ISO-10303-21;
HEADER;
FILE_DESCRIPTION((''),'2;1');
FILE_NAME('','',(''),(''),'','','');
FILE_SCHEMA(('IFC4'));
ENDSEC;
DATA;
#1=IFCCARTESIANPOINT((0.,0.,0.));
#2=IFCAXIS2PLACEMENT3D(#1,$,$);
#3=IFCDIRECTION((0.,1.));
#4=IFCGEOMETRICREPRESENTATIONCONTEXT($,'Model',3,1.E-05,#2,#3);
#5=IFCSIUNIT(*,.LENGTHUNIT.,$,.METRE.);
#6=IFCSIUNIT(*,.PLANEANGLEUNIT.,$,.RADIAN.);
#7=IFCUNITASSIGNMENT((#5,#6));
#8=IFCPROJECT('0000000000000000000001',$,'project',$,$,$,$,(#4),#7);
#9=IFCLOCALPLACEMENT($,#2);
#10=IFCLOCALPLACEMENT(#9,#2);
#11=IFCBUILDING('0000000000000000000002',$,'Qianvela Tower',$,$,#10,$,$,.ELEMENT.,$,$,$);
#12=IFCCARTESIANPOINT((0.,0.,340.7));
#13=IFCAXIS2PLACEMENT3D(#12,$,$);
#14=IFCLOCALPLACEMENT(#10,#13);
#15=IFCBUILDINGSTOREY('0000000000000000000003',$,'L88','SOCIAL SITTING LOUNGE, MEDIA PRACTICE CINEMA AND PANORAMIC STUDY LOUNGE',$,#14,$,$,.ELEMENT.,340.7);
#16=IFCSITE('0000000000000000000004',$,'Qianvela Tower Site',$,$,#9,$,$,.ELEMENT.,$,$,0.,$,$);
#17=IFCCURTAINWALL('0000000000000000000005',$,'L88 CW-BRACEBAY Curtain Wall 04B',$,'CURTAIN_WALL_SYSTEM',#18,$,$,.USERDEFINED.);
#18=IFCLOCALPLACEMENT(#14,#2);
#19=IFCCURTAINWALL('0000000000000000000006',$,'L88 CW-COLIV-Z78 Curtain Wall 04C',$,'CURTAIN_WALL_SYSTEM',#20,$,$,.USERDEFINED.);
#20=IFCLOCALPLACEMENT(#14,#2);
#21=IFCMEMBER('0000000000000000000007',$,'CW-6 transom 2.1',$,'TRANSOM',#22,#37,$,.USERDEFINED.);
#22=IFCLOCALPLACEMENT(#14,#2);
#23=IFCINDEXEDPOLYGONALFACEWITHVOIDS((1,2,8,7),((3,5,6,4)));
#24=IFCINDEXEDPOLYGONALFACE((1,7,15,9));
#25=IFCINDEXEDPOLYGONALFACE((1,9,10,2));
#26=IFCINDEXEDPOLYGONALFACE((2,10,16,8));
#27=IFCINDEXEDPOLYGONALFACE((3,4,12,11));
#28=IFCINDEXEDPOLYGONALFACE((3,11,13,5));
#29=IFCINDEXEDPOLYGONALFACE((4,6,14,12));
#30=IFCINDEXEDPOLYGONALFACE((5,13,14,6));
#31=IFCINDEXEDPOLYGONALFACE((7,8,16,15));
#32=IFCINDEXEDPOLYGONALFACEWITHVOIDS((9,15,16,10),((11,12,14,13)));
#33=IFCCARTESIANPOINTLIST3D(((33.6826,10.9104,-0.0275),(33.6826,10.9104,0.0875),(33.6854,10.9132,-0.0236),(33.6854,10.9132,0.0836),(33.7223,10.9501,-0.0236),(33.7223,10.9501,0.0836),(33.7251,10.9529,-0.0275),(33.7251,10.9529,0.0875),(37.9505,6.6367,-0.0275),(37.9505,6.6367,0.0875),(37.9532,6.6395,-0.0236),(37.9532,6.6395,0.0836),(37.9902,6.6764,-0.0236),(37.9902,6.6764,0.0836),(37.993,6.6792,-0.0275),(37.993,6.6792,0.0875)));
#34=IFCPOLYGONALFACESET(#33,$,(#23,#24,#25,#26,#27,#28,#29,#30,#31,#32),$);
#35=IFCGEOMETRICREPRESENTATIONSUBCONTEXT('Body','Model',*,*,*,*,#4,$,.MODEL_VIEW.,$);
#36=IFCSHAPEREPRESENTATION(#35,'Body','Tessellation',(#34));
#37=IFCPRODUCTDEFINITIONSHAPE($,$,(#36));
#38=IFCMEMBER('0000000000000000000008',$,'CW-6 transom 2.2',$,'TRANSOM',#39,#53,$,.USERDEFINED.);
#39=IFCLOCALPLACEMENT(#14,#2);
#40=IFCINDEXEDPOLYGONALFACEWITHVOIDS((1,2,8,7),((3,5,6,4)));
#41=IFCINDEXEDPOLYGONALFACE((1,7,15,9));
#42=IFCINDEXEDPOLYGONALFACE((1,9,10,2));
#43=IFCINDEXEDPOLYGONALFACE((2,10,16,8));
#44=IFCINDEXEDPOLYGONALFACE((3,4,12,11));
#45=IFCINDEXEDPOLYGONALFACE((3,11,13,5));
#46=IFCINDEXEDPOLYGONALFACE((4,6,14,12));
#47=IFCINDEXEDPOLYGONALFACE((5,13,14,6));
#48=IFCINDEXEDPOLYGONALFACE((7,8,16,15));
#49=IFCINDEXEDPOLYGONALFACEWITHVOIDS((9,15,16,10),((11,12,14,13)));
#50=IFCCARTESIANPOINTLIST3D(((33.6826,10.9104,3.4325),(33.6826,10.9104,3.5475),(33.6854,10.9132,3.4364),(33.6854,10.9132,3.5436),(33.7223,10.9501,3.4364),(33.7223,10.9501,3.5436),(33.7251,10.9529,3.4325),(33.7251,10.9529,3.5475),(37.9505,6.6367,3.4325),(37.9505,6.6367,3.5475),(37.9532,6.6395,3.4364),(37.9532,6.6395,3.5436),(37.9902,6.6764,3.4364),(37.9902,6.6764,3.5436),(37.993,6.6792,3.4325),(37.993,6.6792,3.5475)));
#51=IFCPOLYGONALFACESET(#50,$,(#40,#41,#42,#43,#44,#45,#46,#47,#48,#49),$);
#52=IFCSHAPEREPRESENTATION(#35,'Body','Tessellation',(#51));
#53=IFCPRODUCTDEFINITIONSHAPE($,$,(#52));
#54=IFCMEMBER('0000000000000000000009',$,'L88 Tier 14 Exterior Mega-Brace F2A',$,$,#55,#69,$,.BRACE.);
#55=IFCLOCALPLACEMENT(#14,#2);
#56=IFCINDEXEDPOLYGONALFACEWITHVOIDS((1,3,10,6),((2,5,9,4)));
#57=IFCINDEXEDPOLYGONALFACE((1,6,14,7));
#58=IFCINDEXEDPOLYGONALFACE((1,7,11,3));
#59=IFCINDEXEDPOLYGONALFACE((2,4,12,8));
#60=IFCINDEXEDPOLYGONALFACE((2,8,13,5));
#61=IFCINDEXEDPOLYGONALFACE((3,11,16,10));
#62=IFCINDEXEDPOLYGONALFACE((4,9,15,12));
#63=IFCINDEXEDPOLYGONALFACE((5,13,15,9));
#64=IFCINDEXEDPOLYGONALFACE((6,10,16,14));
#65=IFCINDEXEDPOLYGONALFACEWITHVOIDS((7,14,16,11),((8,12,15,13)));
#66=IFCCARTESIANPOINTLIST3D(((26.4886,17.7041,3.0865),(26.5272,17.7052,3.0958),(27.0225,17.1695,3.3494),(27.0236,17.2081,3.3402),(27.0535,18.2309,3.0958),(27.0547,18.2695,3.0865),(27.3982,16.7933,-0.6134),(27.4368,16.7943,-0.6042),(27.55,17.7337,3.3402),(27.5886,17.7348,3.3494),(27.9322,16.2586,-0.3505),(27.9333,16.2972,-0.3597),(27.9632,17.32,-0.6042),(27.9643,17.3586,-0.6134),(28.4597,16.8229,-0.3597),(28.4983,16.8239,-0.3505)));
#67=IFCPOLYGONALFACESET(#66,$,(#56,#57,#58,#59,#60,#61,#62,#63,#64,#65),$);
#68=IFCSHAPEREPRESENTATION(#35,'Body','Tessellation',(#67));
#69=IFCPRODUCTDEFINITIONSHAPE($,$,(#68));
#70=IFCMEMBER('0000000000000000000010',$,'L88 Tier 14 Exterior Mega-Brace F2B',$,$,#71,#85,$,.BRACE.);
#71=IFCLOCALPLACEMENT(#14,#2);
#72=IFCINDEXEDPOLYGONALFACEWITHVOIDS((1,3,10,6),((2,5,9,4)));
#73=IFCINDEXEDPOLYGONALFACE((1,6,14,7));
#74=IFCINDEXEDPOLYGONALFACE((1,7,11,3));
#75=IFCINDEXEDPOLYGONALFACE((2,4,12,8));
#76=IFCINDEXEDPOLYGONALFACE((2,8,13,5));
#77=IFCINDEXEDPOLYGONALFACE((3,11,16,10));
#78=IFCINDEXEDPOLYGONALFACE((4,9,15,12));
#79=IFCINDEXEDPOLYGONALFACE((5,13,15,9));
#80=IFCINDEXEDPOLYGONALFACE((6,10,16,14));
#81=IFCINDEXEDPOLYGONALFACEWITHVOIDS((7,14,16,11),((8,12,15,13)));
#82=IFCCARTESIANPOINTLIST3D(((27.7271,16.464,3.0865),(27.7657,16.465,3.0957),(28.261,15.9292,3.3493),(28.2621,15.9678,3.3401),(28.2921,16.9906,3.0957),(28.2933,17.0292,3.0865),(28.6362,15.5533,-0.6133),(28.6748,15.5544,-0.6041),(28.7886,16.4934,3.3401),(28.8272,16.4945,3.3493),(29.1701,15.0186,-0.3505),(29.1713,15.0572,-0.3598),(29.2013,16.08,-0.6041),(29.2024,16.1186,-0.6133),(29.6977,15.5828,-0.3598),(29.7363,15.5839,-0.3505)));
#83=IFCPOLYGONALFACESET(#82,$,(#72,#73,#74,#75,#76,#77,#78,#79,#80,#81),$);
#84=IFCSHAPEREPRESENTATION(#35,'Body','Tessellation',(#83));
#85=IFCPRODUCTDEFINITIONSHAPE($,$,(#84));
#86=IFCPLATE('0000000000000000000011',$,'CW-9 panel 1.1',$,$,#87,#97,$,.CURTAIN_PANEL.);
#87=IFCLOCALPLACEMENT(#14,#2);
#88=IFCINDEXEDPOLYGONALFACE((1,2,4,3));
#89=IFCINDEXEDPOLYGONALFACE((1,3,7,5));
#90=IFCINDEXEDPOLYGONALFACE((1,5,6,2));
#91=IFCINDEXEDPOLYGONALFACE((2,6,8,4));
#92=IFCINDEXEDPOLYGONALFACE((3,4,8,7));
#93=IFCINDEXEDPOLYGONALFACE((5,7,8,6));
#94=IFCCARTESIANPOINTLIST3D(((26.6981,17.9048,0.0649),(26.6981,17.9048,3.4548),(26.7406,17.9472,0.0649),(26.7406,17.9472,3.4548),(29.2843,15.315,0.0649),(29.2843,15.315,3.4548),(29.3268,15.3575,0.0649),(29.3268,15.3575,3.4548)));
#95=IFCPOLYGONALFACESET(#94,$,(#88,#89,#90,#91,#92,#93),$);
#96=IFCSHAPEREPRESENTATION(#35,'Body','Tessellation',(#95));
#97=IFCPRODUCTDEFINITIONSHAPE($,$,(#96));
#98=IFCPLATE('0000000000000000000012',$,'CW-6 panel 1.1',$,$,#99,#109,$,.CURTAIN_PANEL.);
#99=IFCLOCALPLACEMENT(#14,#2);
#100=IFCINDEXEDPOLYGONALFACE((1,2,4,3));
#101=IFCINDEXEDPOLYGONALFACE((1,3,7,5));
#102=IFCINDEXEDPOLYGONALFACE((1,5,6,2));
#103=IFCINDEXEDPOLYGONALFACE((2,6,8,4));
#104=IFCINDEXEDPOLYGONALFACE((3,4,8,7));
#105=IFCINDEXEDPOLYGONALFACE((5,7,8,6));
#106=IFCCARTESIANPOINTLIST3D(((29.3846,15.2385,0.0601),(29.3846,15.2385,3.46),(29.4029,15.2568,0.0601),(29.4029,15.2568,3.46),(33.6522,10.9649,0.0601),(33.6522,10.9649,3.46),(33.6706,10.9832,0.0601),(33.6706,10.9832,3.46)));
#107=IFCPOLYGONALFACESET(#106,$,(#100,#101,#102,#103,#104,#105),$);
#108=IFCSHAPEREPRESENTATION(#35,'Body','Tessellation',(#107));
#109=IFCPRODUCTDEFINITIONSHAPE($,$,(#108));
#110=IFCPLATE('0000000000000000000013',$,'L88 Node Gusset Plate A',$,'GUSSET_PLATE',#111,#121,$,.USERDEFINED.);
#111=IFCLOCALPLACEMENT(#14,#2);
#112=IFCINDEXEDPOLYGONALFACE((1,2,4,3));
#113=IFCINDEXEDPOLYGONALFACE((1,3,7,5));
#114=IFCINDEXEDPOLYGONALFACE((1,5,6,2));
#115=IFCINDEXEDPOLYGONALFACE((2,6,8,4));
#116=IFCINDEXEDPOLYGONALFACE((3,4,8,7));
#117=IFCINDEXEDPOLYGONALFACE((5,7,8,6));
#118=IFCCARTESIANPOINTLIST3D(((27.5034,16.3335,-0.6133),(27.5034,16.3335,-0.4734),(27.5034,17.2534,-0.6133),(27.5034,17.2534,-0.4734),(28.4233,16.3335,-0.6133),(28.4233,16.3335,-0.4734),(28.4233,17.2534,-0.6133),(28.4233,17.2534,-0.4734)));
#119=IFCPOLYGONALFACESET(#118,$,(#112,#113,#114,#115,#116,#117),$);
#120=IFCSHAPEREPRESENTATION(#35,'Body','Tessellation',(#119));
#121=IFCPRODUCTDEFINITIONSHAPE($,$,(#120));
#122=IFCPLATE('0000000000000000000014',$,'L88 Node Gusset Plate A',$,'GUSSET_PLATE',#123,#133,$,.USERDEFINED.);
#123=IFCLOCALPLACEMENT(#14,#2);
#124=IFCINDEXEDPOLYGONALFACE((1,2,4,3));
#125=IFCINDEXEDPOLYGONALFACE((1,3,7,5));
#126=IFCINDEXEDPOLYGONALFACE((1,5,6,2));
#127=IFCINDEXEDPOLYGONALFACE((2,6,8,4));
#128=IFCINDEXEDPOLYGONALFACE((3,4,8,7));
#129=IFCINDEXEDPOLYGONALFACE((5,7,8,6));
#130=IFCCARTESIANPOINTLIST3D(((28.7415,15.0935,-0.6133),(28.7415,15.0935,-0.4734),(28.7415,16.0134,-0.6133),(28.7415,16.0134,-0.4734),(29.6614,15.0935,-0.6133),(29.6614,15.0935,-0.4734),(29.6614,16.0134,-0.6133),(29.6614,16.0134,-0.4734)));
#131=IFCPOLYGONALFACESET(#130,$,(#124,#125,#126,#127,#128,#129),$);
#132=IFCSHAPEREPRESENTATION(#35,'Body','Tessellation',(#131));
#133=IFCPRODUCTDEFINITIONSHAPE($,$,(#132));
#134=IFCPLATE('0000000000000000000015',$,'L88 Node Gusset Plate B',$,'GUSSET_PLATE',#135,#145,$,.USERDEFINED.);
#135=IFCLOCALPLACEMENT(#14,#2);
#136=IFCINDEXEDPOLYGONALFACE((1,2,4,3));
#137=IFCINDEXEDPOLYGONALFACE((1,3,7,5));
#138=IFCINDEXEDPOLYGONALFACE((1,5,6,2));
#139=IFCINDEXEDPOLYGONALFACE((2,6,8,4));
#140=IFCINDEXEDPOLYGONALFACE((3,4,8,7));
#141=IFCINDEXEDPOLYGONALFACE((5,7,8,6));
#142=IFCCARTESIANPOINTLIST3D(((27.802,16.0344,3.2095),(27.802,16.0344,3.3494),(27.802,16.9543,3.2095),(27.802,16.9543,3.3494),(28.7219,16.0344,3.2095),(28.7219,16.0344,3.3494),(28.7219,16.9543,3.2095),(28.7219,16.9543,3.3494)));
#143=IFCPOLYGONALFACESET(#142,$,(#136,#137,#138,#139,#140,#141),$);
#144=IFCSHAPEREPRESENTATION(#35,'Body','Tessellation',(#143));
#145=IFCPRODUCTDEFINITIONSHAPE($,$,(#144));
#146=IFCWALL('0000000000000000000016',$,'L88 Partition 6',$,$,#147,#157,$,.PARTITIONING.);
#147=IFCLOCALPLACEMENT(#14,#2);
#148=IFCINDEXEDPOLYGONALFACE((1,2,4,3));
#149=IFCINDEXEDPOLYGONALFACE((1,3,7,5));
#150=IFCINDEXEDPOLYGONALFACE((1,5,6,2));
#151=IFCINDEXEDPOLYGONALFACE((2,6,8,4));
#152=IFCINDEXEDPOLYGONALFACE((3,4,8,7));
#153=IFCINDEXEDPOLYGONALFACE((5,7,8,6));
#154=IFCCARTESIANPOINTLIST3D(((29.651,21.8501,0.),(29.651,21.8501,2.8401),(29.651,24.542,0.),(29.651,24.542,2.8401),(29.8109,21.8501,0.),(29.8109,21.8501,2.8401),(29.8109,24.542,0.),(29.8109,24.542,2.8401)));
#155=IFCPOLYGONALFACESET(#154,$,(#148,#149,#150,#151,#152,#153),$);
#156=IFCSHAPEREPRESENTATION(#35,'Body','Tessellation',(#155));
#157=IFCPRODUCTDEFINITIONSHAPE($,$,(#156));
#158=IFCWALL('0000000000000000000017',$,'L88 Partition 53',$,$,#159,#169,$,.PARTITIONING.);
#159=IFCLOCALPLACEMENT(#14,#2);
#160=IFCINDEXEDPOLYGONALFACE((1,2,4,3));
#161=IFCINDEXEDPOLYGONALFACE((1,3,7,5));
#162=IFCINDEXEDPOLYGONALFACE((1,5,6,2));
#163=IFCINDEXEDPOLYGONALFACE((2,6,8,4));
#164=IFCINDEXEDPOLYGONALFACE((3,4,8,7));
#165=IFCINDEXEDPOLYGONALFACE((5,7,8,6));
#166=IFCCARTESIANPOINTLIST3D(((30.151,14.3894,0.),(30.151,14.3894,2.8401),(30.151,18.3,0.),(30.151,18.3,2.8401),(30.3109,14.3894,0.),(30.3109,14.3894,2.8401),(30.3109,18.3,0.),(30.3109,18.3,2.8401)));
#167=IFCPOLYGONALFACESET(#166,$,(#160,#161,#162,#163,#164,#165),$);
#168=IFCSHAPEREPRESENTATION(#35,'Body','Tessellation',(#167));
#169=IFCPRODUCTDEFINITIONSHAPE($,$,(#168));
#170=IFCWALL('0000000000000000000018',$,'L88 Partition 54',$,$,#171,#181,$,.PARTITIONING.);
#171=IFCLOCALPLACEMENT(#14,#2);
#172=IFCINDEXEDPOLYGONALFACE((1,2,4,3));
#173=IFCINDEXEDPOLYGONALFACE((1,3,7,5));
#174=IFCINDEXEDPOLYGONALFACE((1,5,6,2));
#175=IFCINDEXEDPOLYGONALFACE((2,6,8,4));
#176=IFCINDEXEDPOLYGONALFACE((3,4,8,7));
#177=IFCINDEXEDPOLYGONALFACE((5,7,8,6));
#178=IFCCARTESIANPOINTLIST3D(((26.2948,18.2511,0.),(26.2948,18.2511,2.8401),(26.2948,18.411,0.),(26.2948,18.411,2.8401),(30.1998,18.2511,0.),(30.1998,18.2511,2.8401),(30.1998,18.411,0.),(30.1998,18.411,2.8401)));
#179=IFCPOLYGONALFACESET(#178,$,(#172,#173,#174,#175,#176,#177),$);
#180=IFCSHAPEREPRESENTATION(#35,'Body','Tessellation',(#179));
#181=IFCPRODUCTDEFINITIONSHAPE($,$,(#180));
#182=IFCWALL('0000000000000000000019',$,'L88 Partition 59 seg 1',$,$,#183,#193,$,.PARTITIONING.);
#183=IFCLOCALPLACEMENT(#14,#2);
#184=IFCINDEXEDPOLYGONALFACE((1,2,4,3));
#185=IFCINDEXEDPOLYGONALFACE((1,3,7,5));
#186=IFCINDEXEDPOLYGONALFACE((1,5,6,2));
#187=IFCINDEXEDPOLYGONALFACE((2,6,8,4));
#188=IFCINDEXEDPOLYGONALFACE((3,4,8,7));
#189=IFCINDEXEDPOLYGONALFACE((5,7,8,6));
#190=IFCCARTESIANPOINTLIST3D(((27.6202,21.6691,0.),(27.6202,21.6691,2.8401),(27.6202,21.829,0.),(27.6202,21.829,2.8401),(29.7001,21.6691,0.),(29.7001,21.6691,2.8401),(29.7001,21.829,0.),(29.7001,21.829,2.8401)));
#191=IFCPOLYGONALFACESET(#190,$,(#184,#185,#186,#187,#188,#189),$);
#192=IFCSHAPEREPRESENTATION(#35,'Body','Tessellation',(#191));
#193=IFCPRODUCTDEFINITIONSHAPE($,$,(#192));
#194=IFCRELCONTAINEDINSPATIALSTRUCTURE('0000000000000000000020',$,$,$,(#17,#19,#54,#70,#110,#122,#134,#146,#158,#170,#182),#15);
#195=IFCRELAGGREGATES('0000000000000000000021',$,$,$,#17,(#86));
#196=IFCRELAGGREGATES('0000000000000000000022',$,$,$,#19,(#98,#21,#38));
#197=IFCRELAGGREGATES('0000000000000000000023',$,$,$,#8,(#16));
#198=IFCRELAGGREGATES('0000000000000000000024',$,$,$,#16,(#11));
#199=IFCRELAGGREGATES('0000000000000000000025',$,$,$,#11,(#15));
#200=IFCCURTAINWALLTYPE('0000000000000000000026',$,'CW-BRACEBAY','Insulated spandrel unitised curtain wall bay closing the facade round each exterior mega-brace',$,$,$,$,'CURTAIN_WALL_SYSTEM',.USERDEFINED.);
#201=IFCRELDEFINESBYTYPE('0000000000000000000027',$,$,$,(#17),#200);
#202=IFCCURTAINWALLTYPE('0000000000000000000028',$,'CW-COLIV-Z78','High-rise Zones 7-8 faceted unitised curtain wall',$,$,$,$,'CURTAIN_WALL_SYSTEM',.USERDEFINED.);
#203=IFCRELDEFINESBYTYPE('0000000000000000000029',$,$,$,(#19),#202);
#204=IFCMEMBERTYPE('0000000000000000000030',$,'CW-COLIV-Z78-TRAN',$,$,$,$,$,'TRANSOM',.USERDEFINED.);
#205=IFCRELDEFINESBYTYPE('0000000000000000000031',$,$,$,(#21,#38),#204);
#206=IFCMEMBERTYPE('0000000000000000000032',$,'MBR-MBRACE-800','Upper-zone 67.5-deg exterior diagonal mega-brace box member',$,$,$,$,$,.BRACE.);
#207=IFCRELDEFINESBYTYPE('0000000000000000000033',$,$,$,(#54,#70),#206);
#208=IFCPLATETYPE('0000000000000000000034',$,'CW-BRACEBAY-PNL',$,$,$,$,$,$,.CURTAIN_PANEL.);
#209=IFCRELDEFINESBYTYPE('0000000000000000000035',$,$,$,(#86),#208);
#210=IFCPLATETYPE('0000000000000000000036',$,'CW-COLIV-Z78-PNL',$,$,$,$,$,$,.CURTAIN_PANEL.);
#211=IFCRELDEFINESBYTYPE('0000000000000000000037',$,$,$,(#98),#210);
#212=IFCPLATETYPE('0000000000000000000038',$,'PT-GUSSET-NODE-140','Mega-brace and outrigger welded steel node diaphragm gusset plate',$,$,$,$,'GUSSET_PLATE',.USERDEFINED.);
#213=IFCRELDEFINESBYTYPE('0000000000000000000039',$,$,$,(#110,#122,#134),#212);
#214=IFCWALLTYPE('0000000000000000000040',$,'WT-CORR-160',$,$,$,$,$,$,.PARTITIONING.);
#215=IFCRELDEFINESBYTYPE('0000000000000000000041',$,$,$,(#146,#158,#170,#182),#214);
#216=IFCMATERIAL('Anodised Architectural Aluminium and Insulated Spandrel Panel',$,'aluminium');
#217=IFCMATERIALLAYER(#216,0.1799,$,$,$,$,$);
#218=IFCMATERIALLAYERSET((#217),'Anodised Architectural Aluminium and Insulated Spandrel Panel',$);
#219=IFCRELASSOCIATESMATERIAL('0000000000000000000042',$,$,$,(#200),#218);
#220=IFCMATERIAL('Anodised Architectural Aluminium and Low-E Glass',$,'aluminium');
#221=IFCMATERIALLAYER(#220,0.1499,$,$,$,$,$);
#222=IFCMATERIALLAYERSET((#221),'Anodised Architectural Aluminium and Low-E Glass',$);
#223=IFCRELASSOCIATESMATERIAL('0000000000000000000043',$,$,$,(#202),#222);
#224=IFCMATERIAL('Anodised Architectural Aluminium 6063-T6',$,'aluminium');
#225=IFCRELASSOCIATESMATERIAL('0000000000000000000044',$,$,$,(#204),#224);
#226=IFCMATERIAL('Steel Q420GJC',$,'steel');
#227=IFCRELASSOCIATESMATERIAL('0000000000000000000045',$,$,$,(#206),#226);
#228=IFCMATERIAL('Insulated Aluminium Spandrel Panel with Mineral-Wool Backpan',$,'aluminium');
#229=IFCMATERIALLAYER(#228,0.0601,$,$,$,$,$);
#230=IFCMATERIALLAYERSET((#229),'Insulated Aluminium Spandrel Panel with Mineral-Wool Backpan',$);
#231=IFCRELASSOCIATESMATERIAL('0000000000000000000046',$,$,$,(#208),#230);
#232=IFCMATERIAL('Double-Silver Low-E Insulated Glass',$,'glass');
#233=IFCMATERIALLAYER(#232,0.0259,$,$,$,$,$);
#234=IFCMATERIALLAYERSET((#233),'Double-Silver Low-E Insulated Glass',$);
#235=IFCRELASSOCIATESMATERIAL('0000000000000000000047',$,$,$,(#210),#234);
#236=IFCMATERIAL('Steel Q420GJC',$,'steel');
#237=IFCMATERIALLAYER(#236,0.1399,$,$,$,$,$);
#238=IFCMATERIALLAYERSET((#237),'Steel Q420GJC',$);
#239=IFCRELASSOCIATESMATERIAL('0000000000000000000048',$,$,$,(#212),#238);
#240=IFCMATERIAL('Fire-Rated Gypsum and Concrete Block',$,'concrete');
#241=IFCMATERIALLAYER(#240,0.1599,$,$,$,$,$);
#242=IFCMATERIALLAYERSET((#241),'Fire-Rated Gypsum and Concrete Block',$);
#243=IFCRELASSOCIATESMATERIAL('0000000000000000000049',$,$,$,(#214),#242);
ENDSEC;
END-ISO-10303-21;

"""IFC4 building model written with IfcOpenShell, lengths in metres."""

from ifc_helpers import new_model, si_unit, direction, frame, frame_2d, origin, origin_2d, place, context, subcontext, project, spatial, rectangle, hollow_rectangle, extrude, material, layer, layer_set, material_profile, profile_set, type_object, element, aggregate, save


model = new_model("IFC4")

# Units and contexts
model_context = context("Model", 3, precision=1e-05, world=origin(), true_north=direction((0.0, 1.0)))
body_context = subcontext(model_context, "Body", "Model", "MODEL_VIEW")
ifc_project = project(units=[si_unit("LENGTHUNIT", "METRE"), si_unit("PLANEANGLEUNIT", "RADIAN")], contexts=[model_context])

# Site, building, storey
site_placement = place(None, origin())
site = spatial("IfcSite", under=ifc_project, at=site_placement, Name="Qianvela Tower Site", CompositionType="ELEMENT", RefElevation=0.0)
building_placement = place(site_placement, origin())
building = spatial("IfcBuilding", under=site, at=building_placement, Name="Qianvela Tower", CompositionType="ELEMENT")
storey_placement = place(building_placement, frame((0.0, 0.0, 340.7)))
storey = spatial("IfcBuildingStorey", under=building, at=storey_placement, Name="L88", Description="SOCIAL SITTING LOUNGE, MEDIA PRACTICE CINEMA AND PANORAMIC STUDY LOUNGE", CompositionType="ELEMENT", Elevation=340.7)

# Curtain wall
ifc_material_1 = material(Name="Anodised Architectural Aluminium and Insulated Spandrel Panel", Category="aluminium")
ifc_layer_1 = layer(ifc_material_1, 0.1799)
ifc_layer_set_1 = layer_set([ifc_layer_1], Name="Anodised Architectural Aluminium and Insulated Spandrel Panel")
curtain_wall_type_1 = type_object("IfcCurtainWallType", Name="CW-BRACEBAY", Description="Insulated spandrel unitised curtain wall bay closing the facade round each exterior mega-brace", ElementType="CURTAIN_WALL_SYSTEM", PredefinedType="USERDEFINED", material=ifc_layer_set_1)
curtain_wall_1_placement = place(storey_placement, origin())
curtain_wall_1 = element("IfcCurtainWall", 1, at=curtain_wall_1_placement, inside=storey, type_object=curtain_wall_type_1, Name="L88 CW-BRACEBAY Curtain Wall 04B", ObjectType="CURTAIN_WALL_SYSTEM", PredefinedType="USERDEFINED")

# Curtain wall, members
ifc_material_2 = material(Name="Anodised Architectural Aluminium and Low-E Glass", Category="aluminium")
ifc_layer_2 = layer(ifc_material_2, 0.1499)
ifc_layer_set_2 = layer_set([ifc_layer_2], Name="Anodised Architectural Aluminium and Low-E Glass")
curtain_wall_type_2 = type_object("IfcCurtainWallType", Name="CW-COLIV-Z78", Description="High-rise Zones 7-8 faceted unitised curtain wall", ElementType="CURTAIN_WALL_SYSTEM", PredefinedType="USERDEFINED", material=ifc_layer_set_2)
curtain_wall_2_placement = place(storey_placement, origin())
curtain_wall_2 = element("IfcCurtainWall", 2, at=curtain_wall_2_placement, inside=storey, type_object=curtain_wall_type_2, Name="L88 CW-COLIV-Z78 Curtain Wall 04C", ObjectType="CURTAIN_WALL_SYSTEM", PredefinedType="USERDEFINED")
ifc_material_3 = material(Name="Anodised Architectural Aluminium 6063-T6", Category="aluminium")
ifc_material_profile_1 = material_profile(ifc_material_3, hollow_rectangle(XDim=0.0601, YDim=0.115, WallThickness=0.0039, at=origin_2d()), Name="ALU-TRAN-60x115")
ifc_profile_set_1 = profile_set([ifc_material_profile_1], Name="Anodised Architectural Aluminium 6063-T6")
member_type_1 = type_object("IfcMemberType", Name="CW-COLIV-Z78-TRAN", ElementType="TRANSOM", PredefinedType="USERDEFINED", material=ifc_profile_set_1)
member_1_placement = place(storey_placement, frame((33.7039, 10.9316, 0.03), z_axis=(0.706622, -0.707592, 0.0), x_axis=(0.707592, 0.706622, 0.0)))
member_1 = element("IfcMember", 3, at=member_1_placement, type_object=member_type_1, Name="CW-6 transom 2.1", ObjectType="TRANSOM", PredefinedType="USERDEFINED", context=body_context, shape_type="SweptSolid", body=[
    extrude(hollow_rectangle(XDim=0.0601, YDim=0.115, WallThickness=0.0039, at=origin_2d()), origin(), (0.0, 0.0, 1.0), 6.0398),
])
member_2_placement = place(storey_placement, frame((33.7039, 10.9316, 3.49), z_axis=(0.706622, -0.707592, 0.0), x_axis=(0.707592, 0.706622, 0.0)))
member_2 = element("IfcMember", 4, at=member_2_placement, type_object=member_type_1, Name="CW-6 transom 2.2", ObjectType="TRANSOM", PredefinedType="USERDEFINED", context=body_context, shape_type="SweptSolid", body=[
    extrude(hollow_rectangle(XDim=0.0601, YDim=0.115, WallThickness=0.0039, at=origin_2d()), origin(), (0.0, 0.0, 1.0), 6.0398),
])

# Members
ifc_material_4 = material(Name="Steel Q420GJC", Category="steel")
ifc_material_profile_2 = material_profile(ifc_material_4, hollow_rectangle(XDim=0.8, YDim=0.8, WallThickness=0.0281, at=origin_2d()), Name="MBOX-800x800x28")
ifc_profile_set_2 = profile_set([ifc_material_profile_2], Name="Steel Q420GJC")
member_type_2 = type_object("IfcMemberType", Name="MBR-MBRACE-800", Description="Upper-zone 67.5-deg exterior diagonal mega-brace box member", PredefinedType="BRACE", material=ifc_profile_set_2)
member_3_placement = place(storey_placement, frame((27.9482, 16.8086, -0.4819), z_axis=(-0.232206, 0.232517, 0.944466), x_axis=(-0.707581, -0.706632, 0.0)))
element("IfcMember", 5, at=member_3_placement, inside=storey, type_object=member_type_2, Name="L88 Tier 14 Exterior Mega-Brace F2A", PredefinedType="BRACE", context=body_context, shape_type="SweptSolid", body=[
    extrude(hollow_rectangle(XDim=0.8, YDim=0.8, WallThickness=0.0281, at=origin_2d()), origin(), (0.0, 0.0, 1.0), 3.9175),
])
member_4_placement = place(storey_placement, frame((29.1863, 15.5686, -0.4819), z_axis=(-0.232091, 0.232465, 0.944507), x_axis=(-0.707676, -0.706537, 0.0)))
element("IfcMember", 6, at=member_4_placement, inside=storey, type_object=member_type_2, Name="L88 Tier 14 Exterior Mega-Brace F2B", PredefinedType="BRACE", context=body_context, shape_type="SweptSolid", body=[
    extrude(hollow_rectangle(XDim=0.8, YDim=0.8, WallThickness=0.0281, at=origin_2d()), origin(), (0.0, 0.0, 1.0), 3.9172),
])

# Plates
ifc_material_5 = material(Name="Insulated Aluminium Spandrel Panel with Mineral-Wool Backpan", Category="aluminium")
ifc_layer_3 = layer(ifc_material_5, 0.0601)
ifc_layer_set_3 = layer_set([ifc_layer_3], Name="Insulated Aluminium Spandrel Panel with Mineral-Wool Backpan")
plate_type_1 = type_object("IfcPlateType", Name="CW-BRACEBAY-PNL", PredefinedType="CURTAIN_PANEL", material=ifc_layer_set_3)
plate_1_placement = place(storey_placement, frame((28.0125, 16.6311, 0.0649), z_axis=(0.0, 0.0, 1.0), x_axis=(0.706618, -0.707595, 0.0)))
plate_1 = element("IfcPlate", 7, at=plate_1_placement, type_object=plate_type_1, Name="CW-9 panel 1.1", PredefinedType="CURTAIN_PANEL", context=body_context, shape_type="SweptSolid", body=[
    extrude(rectangle(XDim=3.6599, YDim=0.0601, at=origin_2d()), origin(), (0.0, 0.0, 1.0), 3.3899),
])
aggregate(curtain_wall_1, [plate_1])
ifc_material_6 = material(Name="Double-Silver Low-E Insulated Glass", Category="glass")
ifc_layer_4 = layer(ifc_material_6, 0.0259)
ifc_layer_set_4 = layer_set([ifc_layer_4], Name="Double-Silver Low-E Insulated Glass")
plate_type_2 = type_object("IfcPlateType", Name="CW-COLIV-Z78-PNL", PredefinedType="CURTAIN_PANEL", material=ifc_layer_set_4)
plate_2_placement = place(storey_placement, frame((31.5276, 13.1108, 0.0601), z_axis=(0.0, 0.0, 1.0), x_axis=(0.706613, -0.7076, 0.0)))
plate_2 = element("IfcPlate", 8, at=plate_2_placement, type_object=plate_type_2, Name="CW-6 panel 1.1", PredefinedType="CURTAIN_PANEL", context=body_context, shape_type="SweptSolid", body=[
    extrude(rectangle(XDim=6.0396, YDim=0.0259, at=origin_2d()), origin(), (0.0, 0.0, 1.0), 3.3999),
])
aggregate(curtain_wall_2, [plate_2, member_1, member_2])

# Plates
ifc_material_7 = material(Name="Steel Q420GJC", Category="steel")
ifc_layer_5 = layer(ifc_material_7, 0.1399)
ifc_layer_set_5 = layer_set([ifc_layer_5], Name="Steel Q420GJC")
plate_type_3 = type_object("IfcPlateType", Name="PT-GUSSET-NODE-140", Description="Mega-brace and outrigger welded steel node diaphragm gusset plate", ElementType="GUSSET_PLATE", PredefinedType="USERDEFINED", material=ifc_layer_set_5)
for number, where, z_axis, x_axis, name in (
    (9, (27.9634, 16.7935, -0.6133), (0.0, 0.0, 1.0), (1.0, 0.0, 0.0), "L88 Node Gusset Plate A"),
    (10, (29.2014, 15.5535, -0.6133), (0.0, 0.0, 1.0), (1.0, 0.0, 0.0), "L88 Node Gusset Plate A"),
    (11, (28.262, 16.4944, 3.2095), (0.0, 0.0, 1.0), (1.0, 0.0, 0.0), "L88 Node Gusset Plate B"),
):
    element("IfcPlate", number, at=place(storey_placement, frame(where, z_axis=z_axis, x_axis=x_axis)), inside=storey, type_object=plate_type_3, Name=name, ObjectType="GUSSET_PLATE", PredefinedType="USERDEFINED", context=body_context, shape_type="SweptSolid", body=[
        extrude(rectangle(XDim=0.9199, YDim=0.9199, at=origin_2d()), origin(), (0.0, 0.0, 1.0), 0.1399),
    ])

# Shared definitions
ifc_material_8 = material(Name="Fire-Rated Gypsum and Concrete Block", Category="concrete")
ifc_layer_6 = layer(ifc_material_8, 0.1599)
ifc_layer_set_6 = layer_set([ifc_layer_6], Name="Fire-Rated Gypsum and Concrete Block")
wall_type = type_object("IfcWallType", Name="WT-CORR-160", PredefinedType="PARTITIONING", material=ifc_layer_set_6)

# Walls
wall_1_placement = place(storey_placement, frame((29.731, 21.8501, 0.0), z_axis=(0.0, 0.0, 1.0), x_axis=(0.0, 1.0, 0.0)))
element("IfcWall", 12, at=wall_1_placement, inside=storey, type_object=wall_type, Name="L88 Partition 6", PredefinedType="PARTITIONING", context=body_context, shape_type="SweptSolid", body=[
    extrude(rectangle(XDim=2.6919, YDim=0.1599, at=frame_2d((1.3459, 0.0))), origin(), (0.0, 0.0, 1.0), 2.8401),
])
wall_2_placement = place(storey_placement, frame((30.231, 14.3894, 0.0), z_axis=(0.0, 0.0, 1.0), x_axis=(0.0, 1.0, 0.0)))
element("IfcWall", 13, at=wall_2_placement, inside=storey, type_object=wall_type, Name="L88 Partition 53", PredefinedType="PARTITIONING", context=body_context, shape_type="SweptSolid", body=[
    extrude(rectangle(XDim=3.9106, YDim=0.1599, at=frame_2d((1.9553, 0.0))), origin(), (0.0, 0.0, 1.0), 2.8401),
])
wall_3_placement = place(storey_placement, frame((30.2, 18.3311, 0.0), z_axis=(0.0, 0.0, 1.0), x_axis=(-1.0, 0.0, 0.0)))
element("IfcWall", 14, at=wall_3_placement, inside=storey, type_object=wall_type, Name="L88 Partition 54", PredefinedType="PARTITIONING", context=body_context, shape_type="SweptSolid", body=[
    extrude(rectangle(XDim=3.905, YDim=0.1599, at=frame_2d((1.9526, 0.0))), origin(), (0.0, 0.0, 1.0), 2.8401),
])
wall_4_placement = place(storey_placement, frame((27.6201, 21.749, 0.0), z_axis=(0.0, 0.0, 1.0), x_axis=(1.0, 0.0, 0.0)))
element("IfcWall", 15, at=wall_4_placement, inside=storey, type_object=wall_type, Name="L88 Partition 59 seg 1", PredefinedType="PARTITIONING", context=body_context, shape_type="SweptSolid", body=[
    extrude(rectangle(XDim=2.0798, YDim=0.1599, at=frame_2d((1.04, 0.0))), origin(), (0.0, 0.0, 1.0), 2.8401),
])

save(model, "model.ifc")
